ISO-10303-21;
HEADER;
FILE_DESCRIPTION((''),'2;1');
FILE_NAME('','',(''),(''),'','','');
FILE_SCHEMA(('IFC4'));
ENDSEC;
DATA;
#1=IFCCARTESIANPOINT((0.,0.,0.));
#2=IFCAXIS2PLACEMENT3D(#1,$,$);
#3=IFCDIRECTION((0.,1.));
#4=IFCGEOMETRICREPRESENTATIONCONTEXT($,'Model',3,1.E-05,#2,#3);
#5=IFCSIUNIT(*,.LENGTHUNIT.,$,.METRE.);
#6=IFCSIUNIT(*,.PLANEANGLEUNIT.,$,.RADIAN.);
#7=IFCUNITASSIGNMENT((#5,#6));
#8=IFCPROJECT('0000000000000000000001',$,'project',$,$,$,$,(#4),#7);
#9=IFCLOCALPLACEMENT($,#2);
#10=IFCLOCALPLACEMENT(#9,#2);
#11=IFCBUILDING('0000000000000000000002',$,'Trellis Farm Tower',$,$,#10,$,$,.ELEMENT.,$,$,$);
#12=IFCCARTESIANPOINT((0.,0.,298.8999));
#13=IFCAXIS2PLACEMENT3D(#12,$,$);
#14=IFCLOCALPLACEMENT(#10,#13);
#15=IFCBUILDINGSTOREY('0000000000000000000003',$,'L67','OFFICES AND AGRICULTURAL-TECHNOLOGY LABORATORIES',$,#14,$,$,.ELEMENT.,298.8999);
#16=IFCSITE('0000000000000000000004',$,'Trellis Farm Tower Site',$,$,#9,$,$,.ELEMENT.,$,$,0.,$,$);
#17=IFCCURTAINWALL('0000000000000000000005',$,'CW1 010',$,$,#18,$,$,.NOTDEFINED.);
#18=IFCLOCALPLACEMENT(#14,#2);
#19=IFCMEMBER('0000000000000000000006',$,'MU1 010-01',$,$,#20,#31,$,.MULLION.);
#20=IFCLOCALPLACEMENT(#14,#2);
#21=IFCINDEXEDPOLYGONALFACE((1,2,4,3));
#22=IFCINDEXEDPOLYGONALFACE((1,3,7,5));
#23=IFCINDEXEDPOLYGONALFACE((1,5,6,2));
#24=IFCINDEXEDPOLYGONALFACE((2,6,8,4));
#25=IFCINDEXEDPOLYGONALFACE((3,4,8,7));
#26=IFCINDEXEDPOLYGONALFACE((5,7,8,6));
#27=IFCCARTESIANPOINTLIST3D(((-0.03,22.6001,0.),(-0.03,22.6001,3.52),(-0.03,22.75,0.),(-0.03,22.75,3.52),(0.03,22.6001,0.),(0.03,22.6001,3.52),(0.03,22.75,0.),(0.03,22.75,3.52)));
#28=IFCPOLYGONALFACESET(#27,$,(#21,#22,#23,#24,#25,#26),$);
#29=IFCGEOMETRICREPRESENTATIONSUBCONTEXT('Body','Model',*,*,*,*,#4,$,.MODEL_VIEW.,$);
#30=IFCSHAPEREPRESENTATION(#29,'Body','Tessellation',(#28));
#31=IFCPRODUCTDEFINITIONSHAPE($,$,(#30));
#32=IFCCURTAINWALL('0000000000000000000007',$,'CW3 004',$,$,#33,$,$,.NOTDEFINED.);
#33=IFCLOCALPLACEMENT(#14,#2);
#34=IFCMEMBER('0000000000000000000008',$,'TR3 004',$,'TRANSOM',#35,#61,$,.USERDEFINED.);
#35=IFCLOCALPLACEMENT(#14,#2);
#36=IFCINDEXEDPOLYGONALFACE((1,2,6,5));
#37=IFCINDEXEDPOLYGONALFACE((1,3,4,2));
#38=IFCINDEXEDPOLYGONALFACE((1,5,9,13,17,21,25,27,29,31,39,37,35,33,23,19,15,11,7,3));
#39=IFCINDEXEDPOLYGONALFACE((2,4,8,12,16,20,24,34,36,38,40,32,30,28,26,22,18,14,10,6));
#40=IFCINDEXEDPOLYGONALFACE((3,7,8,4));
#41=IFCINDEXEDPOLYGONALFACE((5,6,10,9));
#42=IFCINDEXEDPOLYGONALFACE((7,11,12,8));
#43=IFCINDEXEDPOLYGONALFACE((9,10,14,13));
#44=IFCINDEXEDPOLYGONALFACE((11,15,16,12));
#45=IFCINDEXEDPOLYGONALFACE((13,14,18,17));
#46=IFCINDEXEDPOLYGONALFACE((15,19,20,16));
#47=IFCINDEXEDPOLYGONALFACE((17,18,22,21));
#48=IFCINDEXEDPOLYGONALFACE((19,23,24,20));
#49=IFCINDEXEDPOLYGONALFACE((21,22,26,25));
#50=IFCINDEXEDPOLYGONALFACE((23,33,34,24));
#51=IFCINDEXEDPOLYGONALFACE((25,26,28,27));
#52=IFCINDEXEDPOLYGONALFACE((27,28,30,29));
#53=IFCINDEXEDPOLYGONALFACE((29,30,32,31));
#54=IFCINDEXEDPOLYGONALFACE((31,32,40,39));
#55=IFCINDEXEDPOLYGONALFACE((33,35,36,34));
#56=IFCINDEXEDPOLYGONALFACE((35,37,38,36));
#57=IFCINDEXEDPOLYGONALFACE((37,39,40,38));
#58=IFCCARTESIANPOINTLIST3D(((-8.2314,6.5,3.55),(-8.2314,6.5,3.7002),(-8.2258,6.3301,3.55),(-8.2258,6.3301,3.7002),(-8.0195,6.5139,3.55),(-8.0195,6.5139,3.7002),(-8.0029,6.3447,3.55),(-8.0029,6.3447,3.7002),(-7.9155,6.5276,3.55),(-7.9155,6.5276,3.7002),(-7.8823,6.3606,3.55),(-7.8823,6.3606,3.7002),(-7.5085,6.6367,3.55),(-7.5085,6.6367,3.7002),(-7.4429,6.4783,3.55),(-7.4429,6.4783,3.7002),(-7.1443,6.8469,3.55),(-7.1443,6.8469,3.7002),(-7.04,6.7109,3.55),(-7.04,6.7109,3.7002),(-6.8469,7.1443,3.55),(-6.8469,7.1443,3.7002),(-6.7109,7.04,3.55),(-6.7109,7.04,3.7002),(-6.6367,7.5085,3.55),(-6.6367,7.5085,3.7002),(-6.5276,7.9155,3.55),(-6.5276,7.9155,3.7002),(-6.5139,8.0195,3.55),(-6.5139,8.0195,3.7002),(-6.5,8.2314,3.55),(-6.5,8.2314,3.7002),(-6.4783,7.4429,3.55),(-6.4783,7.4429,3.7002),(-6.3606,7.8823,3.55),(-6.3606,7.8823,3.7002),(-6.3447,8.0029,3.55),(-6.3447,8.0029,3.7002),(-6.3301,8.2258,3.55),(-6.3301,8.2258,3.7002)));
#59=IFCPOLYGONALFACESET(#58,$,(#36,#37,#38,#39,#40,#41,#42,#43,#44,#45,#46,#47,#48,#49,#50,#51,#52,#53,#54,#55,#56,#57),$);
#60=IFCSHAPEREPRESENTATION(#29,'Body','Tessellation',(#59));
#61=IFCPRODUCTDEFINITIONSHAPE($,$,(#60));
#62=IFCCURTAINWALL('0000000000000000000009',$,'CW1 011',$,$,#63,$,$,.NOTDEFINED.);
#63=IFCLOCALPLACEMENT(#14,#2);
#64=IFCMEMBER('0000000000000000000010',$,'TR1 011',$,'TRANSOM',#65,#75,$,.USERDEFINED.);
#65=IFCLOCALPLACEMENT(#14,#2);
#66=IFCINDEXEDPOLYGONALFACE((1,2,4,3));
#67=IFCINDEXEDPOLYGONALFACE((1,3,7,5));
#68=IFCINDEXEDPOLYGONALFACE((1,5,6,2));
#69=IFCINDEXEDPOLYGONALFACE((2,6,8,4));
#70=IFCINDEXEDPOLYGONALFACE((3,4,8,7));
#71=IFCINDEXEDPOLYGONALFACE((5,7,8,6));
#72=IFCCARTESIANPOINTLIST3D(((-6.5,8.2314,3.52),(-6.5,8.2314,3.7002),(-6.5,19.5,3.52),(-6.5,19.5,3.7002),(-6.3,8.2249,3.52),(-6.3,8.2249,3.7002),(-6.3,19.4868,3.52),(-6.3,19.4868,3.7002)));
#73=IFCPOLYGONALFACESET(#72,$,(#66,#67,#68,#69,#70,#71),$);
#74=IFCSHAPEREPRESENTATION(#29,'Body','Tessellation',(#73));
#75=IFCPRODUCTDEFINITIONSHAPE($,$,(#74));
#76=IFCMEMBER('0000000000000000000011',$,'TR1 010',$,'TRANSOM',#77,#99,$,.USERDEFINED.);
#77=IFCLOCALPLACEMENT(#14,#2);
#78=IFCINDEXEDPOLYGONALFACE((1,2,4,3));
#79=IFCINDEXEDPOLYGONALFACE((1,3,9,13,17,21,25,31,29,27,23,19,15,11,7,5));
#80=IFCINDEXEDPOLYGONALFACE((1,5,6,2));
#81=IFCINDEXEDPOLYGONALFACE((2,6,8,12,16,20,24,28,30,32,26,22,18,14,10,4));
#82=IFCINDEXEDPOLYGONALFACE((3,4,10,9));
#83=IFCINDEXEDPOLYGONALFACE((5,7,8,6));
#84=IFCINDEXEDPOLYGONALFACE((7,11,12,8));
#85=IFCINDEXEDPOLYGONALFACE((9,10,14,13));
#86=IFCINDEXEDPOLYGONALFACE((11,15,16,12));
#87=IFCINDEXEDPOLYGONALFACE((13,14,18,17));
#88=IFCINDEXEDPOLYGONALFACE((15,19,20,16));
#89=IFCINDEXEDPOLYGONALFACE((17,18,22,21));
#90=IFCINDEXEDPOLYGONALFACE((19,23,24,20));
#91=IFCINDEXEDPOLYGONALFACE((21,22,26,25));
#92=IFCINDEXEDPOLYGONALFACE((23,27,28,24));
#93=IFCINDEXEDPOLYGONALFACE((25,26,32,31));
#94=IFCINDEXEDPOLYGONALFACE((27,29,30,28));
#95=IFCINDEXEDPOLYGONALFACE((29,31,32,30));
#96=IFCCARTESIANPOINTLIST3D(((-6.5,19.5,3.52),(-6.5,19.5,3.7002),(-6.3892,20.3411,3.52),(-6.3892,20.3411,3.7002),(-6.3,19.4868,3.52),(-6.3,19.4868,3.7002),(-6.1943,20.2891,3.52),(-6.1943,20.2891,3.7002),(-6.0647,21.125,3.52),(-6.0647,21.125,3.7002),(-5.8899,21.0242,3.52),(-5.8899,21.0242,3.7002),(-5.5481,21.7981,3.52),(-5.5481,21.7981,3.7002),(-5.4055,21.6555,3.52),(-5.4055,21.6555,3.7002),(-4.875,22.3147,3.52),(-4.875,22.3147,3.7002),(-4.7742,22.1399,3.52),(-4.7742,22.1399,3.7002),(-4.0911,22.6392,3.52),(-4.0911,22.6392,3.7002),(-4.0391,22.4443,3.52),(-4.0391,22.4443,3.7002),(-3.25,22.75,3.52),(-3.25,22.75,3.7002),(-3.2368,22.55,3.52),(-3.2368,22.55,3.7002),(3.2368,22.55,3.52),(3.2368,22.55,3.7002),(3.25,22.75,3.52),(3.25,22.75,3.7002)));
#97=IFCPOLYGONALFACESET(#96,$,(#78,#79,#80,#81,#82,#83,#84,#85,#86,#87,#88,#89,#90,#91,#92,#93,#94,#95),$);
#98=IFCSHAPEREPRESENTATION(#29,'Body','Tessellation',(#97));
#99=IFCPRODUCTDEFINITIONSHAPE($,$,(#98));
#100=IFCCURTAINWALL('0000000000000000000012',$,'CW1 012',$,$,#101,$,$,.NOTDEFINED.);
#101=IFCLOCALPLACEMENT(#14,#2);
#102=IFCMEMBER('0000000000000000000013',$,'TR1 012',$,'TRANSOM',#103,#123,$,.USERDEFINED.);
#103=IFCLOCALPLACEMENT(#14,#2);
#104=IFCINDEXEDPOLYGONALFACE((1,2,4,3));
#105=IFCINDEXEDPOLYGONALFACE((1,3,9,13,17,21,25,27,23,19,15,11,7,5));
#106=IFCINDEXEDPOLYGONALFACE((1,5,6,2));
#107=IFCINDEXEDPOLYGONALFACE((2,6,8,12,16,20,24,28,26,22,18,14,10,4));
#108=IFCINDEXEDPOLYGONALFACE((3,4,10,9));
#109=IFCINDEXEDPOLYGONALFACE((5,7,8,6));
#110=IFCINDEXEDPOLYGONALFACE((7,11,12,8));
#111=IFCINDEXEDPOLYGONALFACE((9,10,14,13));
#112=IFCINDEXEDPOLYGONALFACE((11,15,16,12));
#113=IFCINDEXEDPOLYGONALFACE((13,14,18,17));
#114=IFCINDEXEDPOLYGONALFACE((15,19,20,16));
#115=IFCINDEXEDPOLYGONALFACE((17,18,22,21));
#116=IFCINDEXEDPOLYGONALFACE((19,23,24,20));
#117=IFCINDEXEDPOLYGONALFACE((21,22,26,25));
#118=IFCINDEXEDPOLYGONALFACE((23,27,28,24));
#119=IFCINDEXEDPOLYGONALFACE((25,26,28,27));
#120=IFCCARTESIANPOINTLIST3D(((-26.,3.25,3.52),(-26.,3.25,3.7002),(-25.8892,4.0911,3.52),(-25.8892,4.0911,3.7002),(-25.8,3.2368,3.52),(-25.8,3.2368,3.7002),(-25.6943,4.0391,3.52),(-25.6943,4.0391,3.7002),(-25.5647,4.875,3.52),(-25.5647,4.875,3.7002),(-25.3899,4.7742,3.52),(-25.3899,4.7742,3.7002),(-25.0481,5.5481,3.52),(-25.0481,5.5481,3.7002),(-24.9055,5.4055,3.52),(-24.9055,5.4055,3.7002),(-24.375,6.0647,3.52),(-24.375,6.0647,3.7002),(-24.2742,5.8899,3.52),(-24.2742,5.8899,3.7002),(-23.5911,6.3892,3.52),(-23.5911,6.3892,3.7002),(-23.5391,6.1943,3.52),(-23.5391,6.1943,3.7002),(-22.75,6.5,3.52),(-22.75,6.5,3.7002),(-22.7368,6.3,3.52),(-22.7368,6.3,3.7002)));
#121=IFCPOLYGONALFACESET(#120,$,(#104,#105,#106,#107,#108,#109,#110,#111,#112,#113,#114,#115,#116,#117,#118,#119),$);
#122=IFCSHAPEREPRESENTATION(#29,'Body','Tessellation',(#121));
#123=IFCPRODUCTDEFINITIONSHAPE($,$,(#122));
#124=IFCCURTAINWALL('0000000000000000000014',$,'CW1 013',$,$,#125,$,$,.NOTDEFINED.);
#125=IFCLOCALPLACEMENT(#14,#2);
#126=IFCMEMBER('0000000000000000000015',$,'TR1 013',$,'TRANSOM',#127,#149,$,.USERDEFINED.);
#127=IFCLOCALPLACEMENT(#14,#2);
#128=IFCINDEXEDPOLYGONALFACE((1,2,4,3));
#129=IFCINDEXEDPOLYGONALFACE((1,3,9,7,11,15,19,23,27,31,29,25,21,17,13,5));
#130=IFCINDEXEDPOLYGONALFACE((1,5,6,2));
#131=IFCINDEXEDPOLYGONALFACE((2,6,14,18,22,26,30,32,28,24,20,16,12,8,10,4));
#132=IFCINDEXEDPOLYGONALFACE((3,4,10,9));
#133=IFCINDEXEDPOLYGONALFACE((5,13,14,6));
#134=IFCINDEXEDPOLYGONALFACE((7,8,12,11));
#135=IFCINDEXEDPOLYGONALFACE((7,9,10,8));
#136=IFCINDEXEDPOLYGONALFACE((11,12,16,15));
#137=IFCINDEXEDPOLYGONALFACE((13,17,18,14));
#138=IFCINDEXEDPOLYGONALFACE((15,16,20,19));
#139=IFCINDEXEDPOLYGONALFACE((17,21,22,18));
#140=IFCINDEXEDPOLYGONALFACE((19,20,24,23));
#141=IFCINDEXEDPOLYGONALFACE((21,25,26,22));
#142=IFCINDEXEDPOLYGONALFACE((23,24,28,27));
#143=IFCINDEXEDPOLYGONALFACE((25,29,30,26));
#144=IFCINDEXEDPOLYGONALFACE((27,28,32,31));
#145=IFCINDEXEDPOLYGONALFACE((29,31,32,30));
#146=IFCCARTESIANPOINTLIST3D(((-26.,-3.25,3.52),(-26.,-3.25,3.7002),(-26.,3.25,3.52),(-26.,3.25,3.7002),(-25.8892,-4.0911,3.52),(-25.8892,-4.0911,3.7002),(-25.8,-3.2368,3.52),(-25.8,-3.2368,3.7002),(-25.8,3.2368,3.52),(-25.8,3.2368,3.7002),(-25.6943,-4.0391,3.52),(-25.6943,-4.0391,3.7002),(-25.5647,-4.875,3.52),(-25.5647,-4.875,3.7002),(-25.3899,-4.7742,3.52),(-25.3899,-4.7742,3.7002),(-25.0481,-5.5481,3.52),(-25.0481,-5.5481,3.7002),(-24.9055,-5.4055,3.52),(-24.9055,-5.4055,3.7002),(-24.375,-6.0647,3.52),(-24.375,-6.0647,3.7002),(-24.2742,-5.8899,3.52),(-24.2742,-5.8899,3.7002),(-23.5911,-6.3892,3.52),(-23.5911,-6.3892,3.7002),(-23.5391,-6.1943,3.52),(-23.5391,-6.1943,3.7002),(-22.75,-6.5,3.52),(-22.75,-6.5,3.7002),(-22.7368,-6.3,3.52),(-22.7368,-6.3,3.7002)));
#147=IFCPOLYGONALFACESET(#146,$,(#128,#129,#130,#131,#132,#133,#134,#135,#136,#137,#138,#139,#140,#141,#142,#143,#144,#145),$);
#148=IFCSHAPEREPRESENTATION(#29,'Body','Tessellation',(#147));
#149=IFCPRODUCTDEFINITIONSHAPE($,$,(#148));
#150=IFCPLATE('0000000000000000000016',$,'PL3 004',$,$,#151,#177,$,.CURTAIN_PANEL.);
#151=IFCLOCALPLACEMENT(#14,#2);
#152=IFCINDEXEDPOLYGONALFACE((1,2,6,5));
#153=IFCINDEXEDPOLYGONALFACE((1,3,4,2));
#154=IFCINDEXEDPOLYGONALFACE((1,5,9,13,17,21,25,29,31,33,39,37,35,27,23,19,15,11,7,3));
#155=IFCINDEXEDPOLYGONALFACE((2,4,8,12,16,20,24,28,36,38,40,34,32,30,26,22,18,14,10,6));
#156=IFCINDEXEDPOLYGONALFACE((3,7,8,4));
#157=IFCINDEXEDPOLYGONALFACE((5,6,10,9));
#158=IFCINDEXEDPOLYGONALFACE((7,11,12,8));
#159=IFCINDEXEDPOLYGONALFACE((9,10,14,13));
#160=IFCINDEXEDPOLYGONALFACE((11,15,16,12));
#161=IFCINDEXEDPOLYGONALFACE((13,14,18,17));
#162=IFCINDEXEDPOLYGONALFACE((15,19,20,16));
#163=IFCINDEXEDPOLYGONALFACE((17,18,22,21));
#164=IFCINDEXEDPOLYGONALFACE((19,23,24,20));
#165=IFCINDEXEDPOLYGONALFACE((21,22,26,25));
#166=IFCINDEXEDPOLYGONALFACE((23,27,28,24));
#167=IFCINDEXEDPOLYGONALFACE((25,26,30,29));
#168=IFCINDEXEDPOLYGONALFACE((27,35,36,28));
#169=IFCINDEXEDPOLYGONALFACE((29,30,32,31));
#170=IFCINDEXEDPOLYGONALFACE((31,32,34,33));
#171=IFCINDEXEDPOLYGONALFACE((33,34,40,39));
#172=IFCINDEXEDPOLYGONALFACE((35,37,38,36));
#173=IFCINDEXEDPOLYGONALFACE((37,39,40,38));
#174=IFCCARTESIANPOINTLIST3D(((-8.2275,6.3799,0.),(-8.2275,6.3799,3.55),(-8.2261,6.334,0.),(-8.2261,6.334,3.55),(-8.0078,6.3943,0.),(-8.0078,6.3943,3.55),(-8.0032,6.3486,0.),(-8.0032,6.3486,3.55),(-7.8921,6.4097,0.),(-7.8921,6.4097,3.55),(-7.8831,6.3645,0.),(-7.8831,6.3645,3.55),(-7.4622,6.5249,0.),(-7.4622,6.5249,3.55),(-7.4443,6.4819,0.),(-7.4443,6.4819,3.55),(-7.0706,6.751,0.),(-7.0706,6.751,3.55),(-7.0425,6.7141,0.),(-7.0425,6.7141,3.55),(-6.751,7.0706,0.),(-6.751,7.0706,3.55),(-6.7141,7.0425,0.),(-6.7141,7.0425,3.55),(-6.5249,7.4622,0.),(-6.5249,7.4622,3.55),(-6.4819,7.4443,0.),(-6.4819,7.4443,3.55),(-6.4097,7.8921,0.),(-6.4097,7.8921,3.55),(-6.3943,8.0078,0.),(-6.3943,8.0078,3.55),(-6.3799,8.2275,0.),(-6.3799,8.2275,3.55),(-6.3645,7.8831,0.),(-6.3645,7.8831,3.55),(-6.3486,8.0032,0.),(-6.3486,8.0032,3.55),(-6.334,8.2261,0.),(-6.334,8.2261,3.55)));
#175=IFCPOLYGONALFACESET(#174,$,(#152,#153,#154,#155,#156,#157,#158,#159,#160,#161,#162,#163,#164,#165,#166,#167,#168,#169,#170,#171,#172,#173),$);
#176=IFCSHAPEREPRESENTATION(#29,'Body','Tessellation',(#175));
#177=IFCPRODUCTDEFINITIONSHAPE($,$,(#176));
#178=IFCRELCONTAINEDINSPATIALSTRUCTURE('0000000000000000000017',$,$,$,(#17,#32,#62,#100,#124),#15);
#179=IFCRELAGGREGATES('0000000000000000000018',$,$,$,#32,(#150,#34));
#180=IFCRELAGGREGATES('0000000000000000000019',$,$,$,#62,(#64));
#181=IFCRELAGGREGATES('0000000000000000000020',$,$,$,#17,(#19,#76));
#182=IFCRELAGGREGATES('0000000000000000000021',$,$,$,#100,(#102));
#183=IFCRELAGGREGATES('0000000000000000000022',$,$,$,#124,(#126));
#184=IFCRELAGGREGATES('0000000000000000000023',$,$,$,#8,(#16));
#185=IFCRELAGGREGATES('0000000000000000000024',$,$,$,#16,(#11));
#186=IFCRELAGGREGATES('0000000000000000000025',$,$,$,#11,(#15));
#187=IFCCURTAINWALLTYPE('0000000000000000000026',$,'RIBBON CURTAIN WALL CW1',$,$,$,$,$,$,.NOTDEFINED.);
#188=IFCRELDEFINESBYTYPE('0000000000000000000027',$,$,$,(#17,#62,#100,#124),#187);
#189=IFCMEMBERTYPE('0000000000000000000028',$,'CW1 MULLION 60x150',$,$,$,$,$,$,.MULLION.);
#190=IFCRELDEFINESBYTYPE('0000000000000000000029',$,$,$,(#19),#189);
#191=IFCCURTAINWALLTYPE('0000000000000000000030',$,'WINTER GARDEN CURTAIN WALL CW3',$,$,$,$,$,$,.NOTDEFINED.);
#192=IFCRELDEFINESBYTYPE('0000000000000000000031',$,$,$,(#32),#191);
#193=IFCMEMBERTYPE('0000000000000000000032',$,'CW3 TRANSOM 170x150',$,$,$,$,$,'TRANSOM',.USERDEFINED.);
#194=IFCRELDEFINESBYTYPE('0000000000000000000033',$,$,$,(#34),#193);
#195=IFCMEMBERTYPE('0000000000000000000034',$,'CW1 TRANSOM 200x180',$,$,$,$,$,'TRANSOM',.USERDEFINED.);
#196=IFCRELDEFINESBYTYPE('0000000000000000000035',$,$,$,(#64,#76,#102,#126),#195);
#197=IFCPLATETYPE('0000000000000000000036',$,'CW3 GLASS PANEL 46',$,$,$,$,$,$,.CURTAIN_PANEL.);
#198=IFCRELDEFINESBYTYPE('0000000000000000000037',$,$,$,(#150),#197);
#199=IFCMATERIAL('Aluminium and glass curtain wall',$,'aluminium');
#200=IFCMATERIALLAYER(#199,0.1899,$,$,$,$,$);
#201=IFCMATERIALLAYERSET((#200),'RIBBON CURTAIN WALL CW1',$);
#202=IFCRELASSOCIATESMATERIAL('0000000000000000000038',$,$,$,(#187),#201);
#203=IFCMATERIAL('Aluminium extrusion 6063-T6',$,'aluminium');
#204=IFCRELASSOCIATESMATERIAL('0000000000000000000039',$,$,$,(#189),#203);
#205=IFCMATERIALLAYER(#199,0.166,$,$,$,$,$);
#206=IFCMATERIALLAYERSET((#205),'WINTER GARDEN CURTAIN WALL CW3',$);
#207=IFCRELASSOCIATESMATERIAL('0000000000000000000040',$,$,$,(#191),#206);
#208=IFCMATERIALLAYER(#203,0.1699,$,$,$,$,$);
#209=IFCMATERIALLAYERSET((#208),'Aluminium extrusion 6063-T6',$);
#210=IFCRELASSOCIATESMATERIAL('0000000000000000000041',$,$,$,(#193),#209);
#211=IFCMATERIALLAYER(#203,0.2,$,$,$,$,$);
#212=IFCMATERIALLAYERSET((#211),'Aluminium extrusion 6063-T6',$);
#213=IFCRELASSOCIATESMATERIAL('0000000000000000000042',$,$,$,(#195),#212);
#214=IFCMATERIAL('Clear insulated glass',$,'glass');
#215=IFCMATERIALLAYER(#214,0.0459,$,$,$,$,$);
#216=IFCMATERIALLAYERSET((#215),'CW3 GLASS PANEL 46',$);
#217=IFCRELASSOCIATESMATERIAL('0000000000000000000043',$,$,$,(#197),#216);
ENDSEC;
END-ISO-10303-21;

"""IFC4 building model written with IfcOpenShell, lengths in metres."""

from ifc_helpers import new_model, si_unit, direction, frame, origin, origin_2d, place, context, subcontext, project, spatial, polyline, rectangle, outline, extrude, source, transform, mapped, material, layer, layer_set, material_profile, profile_set, type_object, element, aggregate, save


model = new_model("IFC4")

# Units and contexts
model_context = context("Model", 3, precision=1e-05, world=origin(), true_north=direction((0.0, 1.0)))
body_context = subcontext(model_context, "Body", "Model", "MODEL_VIEW")
ifc_project = project(units=[si_unit("LENGTHUNIT", "METRE"), si_unit("PLANEANGLEUNIT", "RADIAN")], contexts=[model_context])

# Site, building, storey
site_placement = place(None, origin())
site = spatial("IfcSite", under=ifc_project, at=site_placement, Name="Trellis Farm Tower Site", CompositionType="ELEMENT", RefElevation=0.0)
building_placement = place(site_placement, origin())
building = spatial("IfcBuilding", under=site, at=building_placement, Name="Trellis Farm Tower", CompositionType="ELEMENT")
storey_placement = place(building_placement, frame((0.0, 0.0, 298.8999)))
storey = spatial("IfcBuildingStorey", under=building, at=storey_placement, Name="L67", Description="OFFICES AND AGRICULTURAL-TECHNOLOGY LABORATORIES", CompositionType="ELEMENT", Elevation=298.8999)

# Curtain walls, members
ifc_material_1 = material(Name="Aluminium and glass curtain wall", Category="aluminium")
ifc_layer_1 = layer(ifc_material_1, 0.1899)
ifc_layer_set_1 = layer_set([ifc_layer_1], Name="RIBBON CURTAIN WALL CW1")
curtain_wall_type_1 = type_object("IfcCurtainWallType", Name="RIBBON CURTAIN WALL CW1", PredefinedType="NOTDEFINED", material=ifc_layer_set_1)
placement_1 = place(storey_placement, origin())
curtain_wall_1 = element("IfcCurtainWall", 1, at=placement_1, inside=storey, type_object=curtain_wall_type_1, Name="CW1 010", PredefinedType="NOTDEFINED")
ifc_material_2 = material(Name="Aluminium extrusion 6063-T6", Category="aluminium")
ifc_material_profile = material_profile(ifc_material_2, rectangle(XDim=0.0601, YDim=0.1499, at=origin_2d()), Name="MULLION 60x150")
ifc_profile_set = profile_set([ifc_material_profile], Name="Aluminium extrusion 6063-T6")
member_type_1 = type_object("IfcMemberType", Name="CW1 MULLION 60x150", PredefinedType="MULLION", material=ifc_profile_set)
shared_shape_1 = source(origin(), body_context, "Body", "SweptSolid", [
    extrude(rectangle(XDim=0.0601, YDim=0.1499, at=origin_2d()), origin(), (0.0, 0.0, 1.0), 3.52),
])
member_1_placement = place(storey_placement, frame((0.0, 22.675, 0.0), z_axis=(0.0, 0.0, 1.0), x_axis=(-1.0, 0.0, 0.0)))
member_1 = element("IfcMember", 2, at=member_1_placement, type_object=member_type_1, Name="MU1 010-01", PredefinedType="MULLION", context=body_context, shape_type="MappedRepresentation", body=[
    mapped(shared_shape_1, transform((0.0, 0.0, 0.0))),
])
ifc_layer_2 = layer(ifc_material_1, 0.166)
ifc_layer_set_2 = layer_set([ifc_layer_2], Name="WINTER GARDEN CURTAIN WALL CW3")
curtain_wall_type_2 = type_object("IfcCurtainWallType", Name="WINTER GARDEN CURTAIN WALL CW3", PredefinedType="NOTDEFINED", material=ifc_layer_set_2)
curtain_wall_2 = element("IfcCurtainWall", 3, at=placement_1, inside=storey, type_object=curtain_wall_type_2, Name="CW3 004", PredefinedType="NOTDEFINED")
ifc_layer_3 = layer(ifc_material_2, 0.1699)
ifc_layer_set_3 = layer_set([ifc_layer_3], Name="Aluminium extrusion 6063-T6")
member_type_2 = type_object("IfcMemberType", Name="CW3 TRANSOM 170x150", ElementType="TRANSOM", PredefinedType="USERDEFINED", material=ifc_layer_set_3)
shared_shape_2 = source(origin(), body_context, "Body", "SweptSolid", [
    extrude(outline(polyline([(-6.5, 8.2314), (-6.5139, 8.0195), (-6.5276, 7.9155), (-6.6367, 7.5085), (-6.8469, 7.1443), (-7.1443, 6.8469), (-7.5085, 6.6367), (-7.9155, 6.5276), (-8.0195, 6.5139), (-8.2314, 6.5), (-8.2258, 6.3301), (-8.0029, 6.3447), (-7.8823, 6.3606), (-7.4429, 6.4783), (-7.04, 6.7109), (-6.7109, 7.04), (-6.4783, 7.4429), (-6.3606, 7.8823), (-6.3447, 8.0029), (-6.3301, 8.2258), (-6.5, 8.2314)])), origin(), (0.0, 0.0, 1.0), 0.1501),
])
member_2_placement = place(storey_placement, frame((0.0, 0.0, 3.55)))
member_2 = element("IfcMember", 4, at=member_2_placement, type_object=member_type_2, Name="TR3 004", ObjectType="TRANSOM", PredefinedType="USERDEFINED", context=body_context, shape_type="MappedRepresentation", body=[
    mapped(shared_shape_2, transform((0.0, 0.0, 0.0))),
])
curtain_wall_3 = element("IfcCurtainWall", 5, at=placement_1, inside=storey, type_object=curtain_wall_type_1, Name="CW1 011", PredefinedType="NOTDEFINED")
ifc_layer_4 = layer(ifc_material_2, 0.2)
ifc_layer_set_4 = layer_set([ifc_layer_4], Name="Aluminium extrusion 6063-T6")
member_type_3 = type_object("IfcMemberType", Name="CW1 TRANSOM 200x180", ElementType="TRANSOM", PredefinedType="USERDEFINED", material=ifc_layer_set_4)
shared_shape_3 = source(origin(), body_context, "Body", "SweptSolid", [
    extrude(outline(polyline([(-6.5, 19.5), (-6.5, 8.2314), (-6.3, 8.2249), (-6.3, 19.4868), (-6.5, 19.5)])), origin(), (0.0, 0.0, 1.0), 0.1802),
])
placement_2 = place(storey_placement, frame((0.0, 0.0, 3.52)))
member_3 = element("IfcMember", 6, at=placement_2, type_object=member_type_3, Name="TR1 011", ObjectType="TRANSOM", PredefinedType="USERDEFINED", context=body_context, shape_type="MappedRepresentation", body=[
    mapped(shared_shape_3, transform((0.0, 0.0, 0.0))),
])

# Member
shared_shape_4 = source(origin(), body_context, "Body", "SweptSolid", [
    extrude(outline(polyline([(3.25, 22.75), (-3.25, 22.75), (-4.0911, 22.6392), (-4.875, 22.3147), (-5.5481, 21.7981), (-6.0647, 21.125), (-6.3892, 20.3411), (-6.5, 19.5), (-6.3, 19.4868), (-6.1943, 20.2891), (-5.8899, 21.0242), (-5.4055, 21.6555), (-4.7742, 22.1399), (-4.0391, 22.4443), (-3.2368, 22.55), (3.2368, 22.55), (3.25, 22.75)])), origin(), (0.0, 0.0, 1.0), 0.1802),
])
member_4 = element("IfcMember", 7, at=placement_2, type_object=member_type_3, Name="TR1 010", ObjectType="TRANSOM", PredefinedType="USERDEFINED", context=body_context, shape_type="MappedRepresentation", body=[
    mapped(shared_shape_4, transform((0.0, 0.0, 0.0))),
])

# Curtain walls, members
curtain_wall_4 = element("IfcCurtainWall", 8, at=placement_1, inside=storey, type_object=curtain_wall_type_1, Name="CW1 012", PredefinedType="NOTDEFINED")
shared_shape_5 = source(origin(), body_context, "Body", "SweptSolid", [
    extrude(outline(polyline([(-22.75, 6.5), (-23.5911, 6.3892), (-24.375, 6.0647), (-25.0481, 5.5481), (-25.5647, 4.875), (-25.8892, 4.0911), (-26.0, 3.25), (-25.8, 3.2368), (-25.6943, 4.0391), (-25.3899, 4.7742), (-24.9055, 5.4055), (-24.2742, 5.8899), (-23.5391, 6.1943), (-22.7368, 6.3), (-22.75, 6.5)])), origin(), (0.0, 0.0, 1.0), 0.1802),
])
member_5 = element("IfcMember", 9, at=placement_2, type_object=member_type_3, Name="TR1 012", ObjectType="TRANSOM", PredefinedType="USERDEFINED", context=body_context, shape_type="MappedRepresentation", body=[
    mapped(shared_shape_5, transform((0.0, 0.0, 0.0))),
])
curtain_wall_5 = element("IfcCurtainWall", 10, at=placement_1, inside=storey, type_object=curtain_wall_type_1, Name="CW1 013", PredefinedType="NOTDEFINED")
shared_shape_6 = source(origin(), body_context, "Body", "SweptSolid", [
    extrude(outline(polyline([(-26.0, 3.25), (-26.0, -3.25), (-25.8892, -4.0911), (-25.5647, -4.875), (-25.0481, -5.5481), (-24.375, -6.0647), (-23.5911, -6.3892), (-22.75, -6.5), (-22.7368, -6.3), (-23.5391, -6.1943), (-24.2742, -5.8899), (-24.9055, -5.4055), (-25.3899, -4.7742), (-25.6943, -4.0391), (-25.8, -3.2368), (-25.8, 3.2368), (-26.0, 3.25)])), origin(), (0.0, 0.0, 1.0), 0.1802),
])
member_6 = element("IfcMember", 11, at=placement_2, type_object=member_type_3, Name="TR1 013", ObjectType="TRANSOM", PredefinedType="USERDEFINED", context=body_context, shape_type="MappedRepresentation", body=[
    mapped(shared_shape_6, transform((0.0, 0.0, 0.0))),
])

# Plate
ifc_material_3 = material(Name="Clear insulated glass", Category="glass")
ifc_layer_5 = layer(ifc_material_3, 0.0459)
ifc_layer_set_5 = layer_set([ifc_layer_5], Name="CW3 GLASS PANEL 46")
plate_type_1 = type_object("IfcPlateType", Name="CW3 GLASS PANEL 46", PredefinedType="CURTAIN_PANEL", material=ifc_layer_set_5)
shared_shape_7 = source(origin(), body_context, "Body", "SweptSolid", [
    extrude(outline(polyline([(-6.3799, 8.2275), (-6.3943, 8.0078), (-6.4097, 7.8921), (-6.5249, 7.4622), (-6.751, 7.0706), (-7.0706, 6.751), (-7.4622, 6.5249), (-7.8921, 6.4097), (-8.0078, 6.3943), (-8.2275, 6.3799), (-8.2261, 6.334), (-8.0032, 6.3486), (-7.8831, 6.3645), (-7.4443, 6.4819), (-7.0425, 6.7141), (-6.7141, 7.0425), (-6.4819, 7.4443), (-6.3645, 7.8831), (-6.3486, 8.0032), (-6.334, 8.2261), (-6.3799, 8.2275)])), origin(), (0.0, 0.0, 1.0), 3.55),
])
plate_1 = element("IfcPlate", 12, at=placement_1, type_object=plate_type_1, Name="PL3 004", PredefinedType="CURTAIN_PANEL", context=body_context, shape_type="MappedRepresentation", body=[
    mapped(shared_shape_7, transform((0.0, 0.0, 0.0))),
])
aggregate(curtain_wall_2, [plate_1, member_2])
aggregate(curtain_wall_3, [member_3])
aggregate(curtain_wall_1, [member_1, member_4])
aggregate(curtain_wall_4, [member_5])
aggregate(curtain_wall_5, [member_6])

save(model, "model.ifc")
